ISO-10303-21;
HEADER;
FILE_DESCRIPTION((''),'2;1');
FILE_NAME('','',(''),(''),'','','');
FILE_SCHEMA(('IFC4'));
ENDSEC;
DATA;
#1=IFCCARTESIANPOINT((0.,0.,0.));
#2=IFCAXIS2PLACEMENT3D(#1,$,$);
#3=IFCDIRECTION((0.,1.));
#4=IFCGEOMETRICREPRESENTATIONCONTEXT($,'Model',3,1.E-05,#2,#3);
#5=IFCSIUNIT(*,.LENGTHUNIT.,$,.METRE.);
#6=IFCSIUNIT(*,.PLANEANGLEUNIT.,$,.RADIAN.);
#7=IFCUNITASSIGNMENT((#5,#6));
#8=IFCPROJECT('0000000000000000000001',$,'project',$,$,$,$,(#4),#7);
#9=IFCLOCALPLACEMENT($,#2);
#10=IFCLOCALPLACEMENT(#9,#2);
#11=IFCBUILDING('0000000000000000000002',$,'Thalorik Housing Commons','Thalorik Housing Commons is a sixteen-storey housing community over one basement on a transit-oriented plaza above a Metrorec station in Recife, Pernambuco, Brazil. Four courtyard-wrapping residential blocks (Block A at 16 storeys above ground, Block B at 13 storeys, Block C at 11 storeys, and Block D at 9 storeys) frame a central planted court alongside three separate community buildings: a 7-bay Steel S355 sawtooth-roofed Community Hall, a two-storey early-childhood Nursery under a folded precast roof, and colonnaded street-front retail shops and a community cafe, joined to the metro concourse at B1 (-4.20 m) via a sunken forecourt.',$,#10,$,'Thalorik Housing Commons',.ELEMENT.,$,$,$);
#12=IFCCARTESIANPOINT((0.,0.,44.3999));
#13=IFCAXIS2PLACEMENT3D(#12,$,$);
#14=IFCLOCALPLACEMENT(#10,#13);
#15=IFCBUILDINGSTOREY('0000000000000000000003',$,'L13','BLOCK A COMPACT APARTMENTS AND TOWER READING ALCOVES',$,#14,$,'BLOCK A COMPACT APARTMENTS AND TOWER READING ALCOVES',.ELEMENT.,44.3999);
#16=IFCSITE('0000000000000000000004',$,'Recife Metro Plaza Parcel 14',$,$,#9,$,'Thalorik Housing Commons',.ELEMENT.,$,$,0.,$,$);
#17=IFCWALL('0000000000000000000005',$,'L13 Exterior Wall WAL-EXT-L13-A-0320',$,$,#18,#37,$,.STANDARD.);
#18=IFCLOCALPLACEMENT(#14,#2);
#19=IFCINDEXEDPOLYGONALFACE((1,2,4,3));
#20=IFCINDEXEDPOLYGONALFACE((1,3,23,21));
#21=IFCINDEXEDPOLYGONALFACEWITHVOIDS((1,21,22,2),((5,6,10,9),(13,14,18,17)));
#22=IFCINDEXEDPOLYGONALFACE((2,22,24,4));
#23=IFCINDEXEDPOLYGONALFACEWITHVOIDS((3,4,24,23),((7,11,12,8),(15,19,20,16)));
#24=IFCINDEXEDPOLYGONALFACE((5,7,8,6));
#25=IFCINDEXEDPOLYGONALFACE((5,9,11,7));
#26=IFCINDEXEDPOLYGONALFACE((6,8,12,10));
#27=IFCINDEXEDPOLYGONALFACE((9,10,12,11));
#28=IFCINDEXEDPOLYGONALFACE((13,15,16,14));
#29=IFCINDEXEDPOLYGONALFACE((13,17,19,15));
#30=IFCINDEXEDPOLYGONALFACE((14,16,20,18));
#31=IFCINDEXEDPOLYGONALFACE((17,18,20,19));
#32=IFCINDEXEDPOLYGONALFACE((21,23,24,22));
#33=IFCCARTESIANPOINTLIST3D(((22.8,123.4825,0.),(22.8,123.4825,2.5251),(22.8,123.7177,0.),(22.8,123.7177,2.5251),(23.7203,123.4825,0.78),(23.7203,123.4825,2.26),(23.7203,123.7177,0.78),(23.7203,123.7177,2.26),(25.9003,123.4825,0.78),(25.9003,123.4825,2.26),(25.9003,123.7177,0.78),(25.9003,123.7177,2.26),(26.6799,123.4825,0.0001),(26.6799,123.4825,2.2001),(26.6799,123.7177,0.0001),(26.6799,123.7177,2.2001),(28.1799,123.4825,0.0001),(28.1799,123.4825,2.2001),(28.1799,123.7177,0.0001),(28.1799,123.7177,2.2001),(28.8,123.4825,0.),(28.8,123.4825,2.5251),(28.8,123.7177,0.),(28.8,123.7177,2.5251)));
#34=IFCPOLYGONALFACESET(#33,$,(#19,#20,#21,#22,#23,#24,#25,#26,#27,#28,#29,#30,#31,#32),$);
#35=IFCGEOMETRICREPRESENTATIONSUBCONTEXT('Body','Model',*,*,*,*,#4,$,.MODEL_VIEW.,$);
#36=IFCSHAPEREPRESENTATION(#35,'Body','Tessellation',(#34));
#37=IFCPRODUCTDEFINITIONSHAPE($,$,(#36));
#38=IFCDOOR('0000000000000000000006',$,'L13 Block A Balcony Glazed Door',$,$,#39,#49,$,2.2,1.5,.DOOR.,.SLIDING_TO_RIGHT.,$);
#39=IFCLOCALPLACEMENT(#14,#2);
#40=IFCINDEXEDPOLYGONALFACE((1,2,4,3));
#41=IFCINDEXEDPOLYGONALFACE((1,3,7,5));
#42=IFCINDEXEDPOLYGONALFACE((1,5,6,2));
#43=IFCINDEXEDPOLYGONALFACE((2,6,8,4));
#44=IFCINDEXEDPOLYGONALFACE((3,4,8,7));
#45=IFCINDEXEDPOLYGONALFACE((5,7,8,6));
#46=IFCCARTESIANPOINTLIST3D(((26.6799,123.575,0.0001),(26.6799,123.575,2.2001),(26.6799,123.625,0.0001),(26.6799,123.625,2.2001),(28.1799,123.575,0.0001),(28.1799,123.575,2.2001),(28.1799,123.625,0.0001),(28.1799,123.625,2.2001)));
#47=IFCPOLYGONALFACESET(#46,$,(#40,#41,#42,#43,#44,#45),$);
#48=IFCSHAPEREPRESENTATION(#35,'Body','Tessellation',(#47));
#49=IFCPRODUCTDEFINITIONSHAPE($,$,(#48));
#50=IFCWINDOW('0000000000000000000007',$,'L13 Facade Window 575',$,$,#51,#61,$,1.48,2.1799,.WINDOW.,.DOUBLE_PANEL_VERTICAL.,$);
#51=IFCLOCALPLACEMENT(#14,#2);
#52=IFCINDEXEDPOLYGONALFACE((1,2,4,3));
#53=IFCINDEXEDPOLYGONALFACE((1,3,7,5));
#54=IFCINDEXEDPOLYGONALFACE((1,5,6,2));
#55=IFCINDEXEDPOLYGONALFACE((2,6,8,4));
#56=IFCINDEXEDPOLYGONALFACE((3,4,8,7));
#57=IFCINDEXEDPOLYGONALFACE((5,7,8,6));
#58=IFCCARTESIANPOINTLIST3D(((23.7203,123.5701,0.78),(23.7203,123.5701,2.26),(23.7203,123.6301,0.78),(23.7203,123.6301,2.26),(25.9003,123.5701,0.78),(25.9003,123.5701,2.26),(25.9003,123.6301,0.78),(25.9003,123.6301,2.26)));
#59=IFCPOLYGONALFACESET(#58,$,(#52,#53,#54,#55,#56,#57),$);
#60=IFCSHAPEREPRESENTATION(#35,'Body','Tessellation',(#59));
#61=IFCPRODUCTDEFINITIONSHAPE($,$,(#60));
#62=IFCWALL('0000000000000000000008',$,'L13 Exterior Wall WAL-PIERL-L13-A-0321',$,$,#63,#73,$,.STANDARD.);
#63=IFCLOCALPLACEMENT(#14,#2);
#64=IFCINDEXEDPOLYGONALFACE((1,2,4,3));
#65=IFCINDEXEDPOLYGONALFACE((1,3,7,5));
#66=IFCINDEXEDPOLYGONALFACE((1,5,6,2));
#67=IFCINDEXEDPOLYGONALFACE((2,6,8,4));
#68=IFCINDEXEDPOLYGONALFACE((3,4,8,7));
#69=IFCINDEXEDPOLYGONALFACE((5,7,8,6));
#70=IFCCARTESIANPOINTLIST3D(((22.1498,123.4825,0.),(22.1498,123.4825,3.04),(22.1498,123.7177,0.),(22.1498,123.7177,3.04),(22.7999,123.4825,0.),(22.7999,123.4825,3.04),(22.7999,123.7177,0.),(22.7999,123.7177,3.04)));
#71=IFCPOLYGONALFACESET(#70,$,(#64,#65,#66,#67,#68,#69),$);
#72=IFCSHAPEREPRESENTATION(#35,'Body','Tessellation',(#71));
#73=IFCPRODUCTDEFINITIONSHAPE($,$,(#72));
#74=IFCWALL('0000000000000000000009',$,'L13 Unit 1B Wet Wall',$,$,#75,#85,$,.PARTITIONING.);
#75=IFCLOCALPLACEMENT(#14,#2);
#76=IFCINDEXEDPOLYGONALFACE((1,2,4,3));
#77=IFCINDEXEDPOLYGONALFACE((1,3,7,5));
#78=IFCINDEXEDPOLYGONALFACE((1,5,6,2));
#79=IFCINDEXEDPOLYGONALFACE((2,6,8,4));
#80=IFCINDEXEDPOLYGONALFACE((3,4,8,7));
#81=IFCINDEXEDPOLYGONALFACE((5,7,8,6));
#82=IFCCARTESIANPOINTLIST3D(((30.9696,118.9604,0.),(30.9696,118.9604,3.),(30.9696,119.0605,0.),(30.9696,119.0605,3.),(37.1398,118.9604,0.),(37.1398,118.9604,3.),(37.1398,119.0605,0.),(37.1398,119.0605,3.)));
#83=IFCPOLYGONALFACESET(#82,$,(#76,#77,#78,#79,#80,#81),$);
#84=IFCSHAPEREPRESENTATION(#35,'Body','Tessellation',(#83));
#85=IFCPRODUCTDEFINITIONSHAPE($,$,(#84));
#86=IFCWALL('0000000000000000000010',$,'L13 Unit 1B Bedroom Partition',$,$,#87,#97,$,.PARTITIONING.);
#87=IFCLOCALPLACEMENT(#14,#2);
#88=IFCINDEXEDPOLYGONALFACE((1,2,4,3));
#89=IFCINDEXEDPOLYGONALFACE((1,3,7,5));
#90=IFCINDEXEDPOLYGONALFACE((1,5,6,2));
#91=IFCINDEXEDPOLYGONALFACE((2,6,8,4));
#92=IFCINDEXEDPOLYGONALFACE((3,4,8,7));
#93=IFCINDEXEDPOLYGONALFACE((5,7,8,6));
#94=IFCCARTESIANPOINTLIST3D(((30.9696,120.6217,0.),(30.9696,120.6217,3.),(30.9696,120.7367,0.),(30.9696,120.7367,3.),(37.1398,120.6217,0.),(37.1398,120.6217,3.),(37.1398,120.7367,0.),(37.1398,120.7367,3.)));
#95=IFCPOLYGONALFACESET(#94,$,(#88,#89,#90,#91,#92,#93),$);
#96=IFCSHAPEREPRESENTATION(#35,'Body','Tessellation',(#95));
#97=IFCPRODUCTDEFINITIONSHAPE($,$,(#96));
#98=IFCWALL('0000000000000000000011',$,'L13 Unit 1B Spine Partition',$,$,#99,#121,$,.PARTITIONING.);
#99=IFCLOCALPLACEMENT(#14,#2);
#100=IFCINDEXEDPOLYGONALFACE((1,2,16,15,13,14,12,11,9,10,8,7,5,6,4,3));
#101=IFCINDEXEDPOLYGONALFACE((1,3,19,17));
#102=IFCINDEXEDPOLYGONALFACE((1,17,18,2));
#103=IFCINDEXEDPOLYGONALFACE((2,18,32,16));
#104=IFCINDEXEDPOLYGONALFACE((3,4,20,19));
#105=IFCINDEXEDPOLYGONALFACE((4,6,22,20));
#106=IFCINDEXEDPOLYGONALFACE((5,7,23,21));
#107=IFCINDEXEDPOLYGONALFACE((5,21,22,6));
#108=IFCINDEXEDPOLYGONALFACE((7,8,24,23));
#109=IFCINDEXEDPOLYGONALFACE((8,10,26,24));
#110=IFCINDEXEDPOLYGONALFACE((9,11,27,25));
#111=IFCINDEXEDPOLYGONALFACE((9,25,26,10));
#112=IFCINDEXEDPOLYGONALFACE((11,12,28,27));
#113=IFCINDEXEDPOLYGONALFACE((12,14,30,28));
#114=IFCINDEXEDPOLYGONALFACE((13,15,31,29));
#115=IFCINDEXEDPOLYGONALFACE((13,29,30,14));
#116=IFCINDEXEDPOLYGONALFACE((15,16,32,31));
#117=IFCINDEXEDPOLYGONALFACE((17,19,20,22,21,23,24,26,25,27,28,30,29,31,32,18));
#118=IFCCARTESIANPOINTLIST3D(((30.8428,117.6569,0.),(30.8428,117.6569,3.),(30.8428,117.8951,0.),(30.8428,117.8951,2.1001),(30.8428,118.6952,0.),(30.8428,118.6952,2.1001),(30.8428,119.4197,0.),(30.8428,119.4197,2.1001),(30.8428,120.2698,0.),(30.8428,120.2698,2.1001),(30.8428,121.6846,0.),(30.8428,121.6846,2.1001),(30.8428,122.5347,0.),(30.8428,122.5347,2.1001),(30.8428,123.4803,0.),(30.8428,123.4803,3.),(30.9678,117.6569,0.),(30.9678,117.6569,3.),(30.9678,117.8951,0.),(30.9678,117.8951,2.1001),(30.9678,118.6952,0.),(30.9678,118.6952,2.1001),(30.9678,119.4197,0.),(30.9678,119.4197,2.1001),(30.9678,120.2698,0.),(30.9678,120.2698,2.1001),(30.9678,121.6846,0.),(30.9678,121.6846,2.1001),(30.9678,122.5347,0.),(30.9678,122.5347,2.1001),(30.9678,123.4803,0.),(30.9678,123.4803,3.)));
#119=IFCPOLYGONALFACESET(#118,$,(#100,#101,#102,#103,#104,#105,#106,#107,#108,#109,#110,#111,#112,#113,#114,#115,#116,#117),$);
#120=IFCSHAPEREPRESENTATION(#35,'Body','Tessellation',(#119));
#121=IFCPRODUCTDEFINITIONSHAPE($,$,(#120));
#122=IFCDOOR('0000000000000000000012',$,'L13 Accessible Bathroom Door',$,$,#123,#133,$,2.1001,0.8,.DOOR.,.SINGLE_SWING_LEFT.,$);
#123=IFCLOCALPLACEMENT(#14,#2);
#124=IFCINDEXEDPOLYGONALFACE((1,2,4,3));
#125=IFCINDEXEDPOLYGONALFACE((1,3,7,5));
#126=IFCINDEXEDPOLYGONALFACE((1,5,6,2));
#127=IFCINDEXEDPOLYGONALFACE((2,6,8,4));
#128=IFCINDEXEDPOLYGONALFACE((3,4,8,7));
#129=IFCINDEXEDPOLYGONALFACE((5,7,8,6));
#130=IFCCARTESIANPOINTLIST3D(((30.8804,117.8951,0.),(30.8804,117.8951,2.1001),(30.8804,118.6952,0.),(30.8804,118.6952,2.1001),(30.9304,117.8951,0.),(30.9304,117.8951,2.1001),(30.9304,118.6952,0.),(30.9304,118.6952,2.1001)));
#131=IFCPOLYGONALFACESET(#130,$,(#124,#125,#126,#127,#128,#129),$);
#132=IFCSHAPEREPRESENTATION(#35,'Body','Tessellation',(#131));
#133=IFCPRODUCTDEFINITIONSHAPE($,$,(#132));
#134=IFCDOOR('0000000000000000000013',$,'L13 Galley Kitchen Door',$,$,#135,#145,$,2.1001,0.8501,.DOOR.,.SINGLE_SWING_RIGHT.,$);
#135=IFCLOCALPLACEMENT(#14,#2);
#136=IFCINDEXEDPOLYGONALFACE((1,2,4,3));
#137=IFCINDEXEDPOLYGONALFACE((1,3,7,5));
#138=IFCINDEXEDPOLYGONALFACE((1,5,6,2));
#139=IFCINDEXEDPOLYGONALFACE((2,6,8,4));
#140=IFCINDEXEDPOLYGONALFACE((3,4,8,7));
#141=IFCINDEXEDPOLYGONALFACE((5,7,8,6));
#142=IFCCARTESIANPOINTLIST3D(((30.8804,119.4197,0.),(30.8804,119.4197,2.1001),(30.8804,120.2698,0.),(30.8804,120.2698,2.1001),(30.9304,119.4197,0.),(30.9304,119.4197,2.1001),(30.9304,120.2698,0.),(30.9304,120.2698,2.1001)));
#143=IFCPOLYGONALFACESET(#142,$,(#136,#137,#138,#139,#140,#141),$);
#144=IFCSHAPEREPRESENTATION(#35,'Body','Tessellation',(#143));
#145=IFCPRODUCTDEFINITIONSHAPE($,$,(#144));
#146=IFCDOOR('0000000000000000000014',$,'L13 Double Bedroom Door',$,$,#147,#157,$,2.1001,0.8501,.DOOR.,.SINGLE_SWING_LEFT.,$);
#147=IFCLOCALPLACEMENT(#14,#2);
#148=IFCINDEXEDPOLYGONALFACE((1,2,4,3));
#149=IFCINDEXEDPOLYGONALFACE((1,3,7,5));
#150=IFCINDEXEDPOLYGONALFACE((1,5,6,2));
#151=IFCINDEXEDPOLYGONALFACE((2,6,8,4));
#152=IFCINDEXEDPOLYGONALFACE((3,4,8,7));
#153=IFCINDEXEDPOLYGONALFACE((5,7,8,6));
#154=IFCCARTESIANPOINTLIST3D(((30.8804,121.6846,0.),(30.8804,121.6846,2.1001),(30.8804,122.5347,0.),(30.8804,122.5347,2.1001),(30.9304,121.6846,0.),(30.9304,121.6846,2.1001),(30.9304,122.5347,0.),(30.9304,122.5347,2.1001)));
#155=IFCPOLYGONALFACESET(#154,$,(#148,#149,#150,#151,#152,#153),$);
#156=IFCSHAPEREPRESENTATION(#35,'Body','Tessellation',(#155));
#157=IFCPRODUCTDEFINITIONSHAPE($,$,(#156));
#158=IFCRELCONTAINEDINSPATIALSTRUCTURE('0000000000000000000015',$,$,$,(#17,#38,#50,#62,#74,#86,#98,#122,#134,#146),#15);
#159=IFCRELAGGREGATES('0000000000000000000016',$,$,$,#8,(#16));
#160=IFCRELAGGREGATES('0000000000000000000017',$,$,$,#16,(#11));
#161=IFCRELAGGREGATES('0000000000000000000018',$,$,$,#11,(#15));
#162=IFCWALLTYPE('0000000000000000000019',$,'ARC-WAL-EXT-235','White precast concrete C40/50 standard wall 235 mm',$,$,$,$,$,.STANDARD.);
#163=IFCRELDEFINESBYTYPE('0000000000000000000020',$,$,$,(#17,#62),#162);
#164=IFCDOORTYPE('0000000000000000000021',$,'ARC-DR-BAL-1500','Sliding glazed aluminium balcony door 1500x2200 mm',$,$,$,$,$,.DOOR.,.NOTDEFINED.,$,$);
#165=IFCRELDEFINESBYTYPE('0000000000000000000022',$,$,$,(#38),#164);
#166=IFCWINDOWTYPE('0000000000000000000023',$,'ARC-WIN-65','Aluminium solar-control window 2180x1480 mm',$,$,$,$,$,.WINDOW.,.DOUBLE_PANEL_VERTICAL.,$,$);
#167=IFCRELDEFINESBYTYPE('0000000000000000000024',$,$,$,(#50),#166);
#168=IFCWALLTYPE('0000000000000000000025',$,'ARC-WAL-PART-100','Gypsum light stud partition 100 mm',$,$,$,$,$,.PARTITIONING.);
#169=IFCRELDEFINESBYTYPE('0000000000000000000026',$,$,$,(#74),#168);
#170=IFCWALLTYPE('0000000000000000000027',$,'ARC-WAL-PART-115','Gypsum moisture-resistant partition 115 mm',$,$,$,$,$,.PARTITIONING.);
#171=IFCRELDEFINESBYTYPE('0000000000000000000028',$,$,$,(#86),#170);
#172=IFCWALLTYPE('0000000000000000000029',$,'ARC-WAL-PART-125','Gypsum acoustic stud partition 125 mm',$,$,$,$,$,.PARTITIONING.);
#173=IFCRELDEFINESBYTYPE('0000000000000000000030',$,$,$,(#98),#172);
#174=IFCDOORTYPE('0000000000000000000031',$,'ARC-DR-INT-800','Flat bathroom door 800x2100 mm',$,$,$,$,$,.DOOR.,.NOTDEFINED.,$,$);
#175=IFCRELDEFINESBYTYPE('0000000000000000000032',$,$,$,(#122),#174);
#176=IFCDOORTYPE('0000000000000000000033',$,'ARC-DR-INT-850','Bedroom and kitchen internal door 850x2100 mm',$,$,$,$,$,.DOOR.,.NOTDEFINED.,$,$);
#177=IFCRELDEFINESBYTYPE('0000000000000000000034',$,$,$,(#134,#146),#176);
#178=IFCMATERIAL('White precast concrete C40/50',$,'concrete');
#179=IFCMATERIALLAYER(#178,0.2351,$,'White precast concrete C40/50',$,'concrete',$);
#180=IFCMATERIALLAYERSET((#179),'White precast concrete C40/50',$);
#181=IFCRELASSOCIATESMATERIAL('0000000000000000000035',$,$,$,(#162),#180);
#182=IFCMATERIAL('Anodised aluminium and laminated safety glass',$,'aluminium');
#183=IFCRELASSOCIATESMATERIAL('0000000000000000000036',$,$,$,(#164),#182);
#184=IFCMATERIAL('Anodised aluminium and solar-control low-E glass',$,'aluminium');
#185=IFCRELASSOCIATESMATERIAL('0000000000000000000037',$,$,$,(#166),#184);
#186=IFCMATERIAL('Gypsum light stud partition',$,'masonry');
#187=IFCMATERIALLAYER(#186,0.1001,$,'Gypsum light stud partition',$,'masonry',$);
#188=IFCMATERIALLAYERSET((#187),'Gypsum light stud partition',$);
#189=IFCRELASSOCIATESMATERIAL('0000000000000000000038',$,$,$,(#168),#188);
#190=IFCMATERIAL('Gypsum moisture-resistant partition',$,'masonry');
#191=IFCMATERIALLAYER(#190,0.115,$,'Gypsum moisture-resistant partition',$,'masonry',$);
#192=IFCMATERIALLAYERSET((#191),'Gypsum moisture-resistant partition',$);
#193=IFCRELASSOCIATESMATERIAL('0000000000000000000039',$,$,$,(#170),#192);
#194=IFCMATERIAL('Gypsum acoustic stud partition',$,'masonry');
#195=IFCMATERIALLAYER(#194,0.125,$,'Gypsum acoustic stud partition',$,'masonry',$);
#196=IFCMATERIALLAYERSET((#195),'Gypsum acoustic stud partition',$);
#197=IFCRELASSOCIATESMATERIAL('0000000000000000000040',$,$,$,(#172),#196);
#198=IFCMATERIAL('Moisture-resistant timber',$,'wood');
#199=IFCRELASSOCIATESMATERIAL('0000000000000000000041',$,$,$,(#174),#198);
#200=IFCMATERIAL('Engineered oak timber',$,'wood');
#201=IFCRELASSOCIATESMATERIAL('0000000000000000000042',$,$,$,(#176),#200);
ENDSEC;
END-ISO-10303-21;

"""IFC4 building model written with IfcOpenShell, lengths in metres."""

from ifc_helpers import new_model, si_unit, direction, frame, frame_2d, origin, place, context, subcontext, project, spatial, rectangle, extrude, material, layer, layer_set, type_object, element, fill, save


model = new_model("IFC4")

# Units and contexts
model_context = context("Model", 3, precision=1e-05, world=origin(), true_north=direction((0.0, 1.0)))
body_context = subcontext(model_context, "Body", "Model", "MODEL_VIEW")
ifc_project = project(units=[si_unit("LENGTHUNIT", "METRE"), si_unit("PLANEANGLEUNIT", "RADIAN")], contexts=[model_context])

# Site, building, storey
site_placement = place(None, origin())
site = spatial("IfcSite", under=ifc_project, at=site_placement, Name="Recife Metro Plaza Parcel 14", LongName="Thalorik Housing Commons", CompositionType="ELEMENT", RefElevation=0.0)
building_placement = place(site_placement, origin())
building = spatial("IfcBuilding", under=site, at=building_placement, Name="Thalorik Housing Commons", Description="Thalorik Housing Commons is a sixteen-storey housing community over one basement on a transit-oriented plaza above a Metrorec station in Recife, Pernambuco, Brazil. Four courtyard-wrapping residential blocks (Block A at 16 storeys above ground, Block B at 13 storeys, Block C at 11 storeys, and Block D at 9 storeys) frame a central planted court alongside three separate community buildings: a 7-bay Steel S355 sawtooth-roofed Community Hall, a two-storey early-childhood Nursery under a folded precast roof, and colonnaded street-front retail shops and a community cafe, joined to the metro concourse at B1 (-4.20 m) via a sunken forecourt.", LongName="Thalorik Housing Commons", CompositionType="ELEMENT")
storey_placement = place(building_placement, frame((0.0, 0.0, 44.3999)))
storey = spatial("IfcBuildingStorey", under=building, at=storey_placement, Name="L13", Description="BLOCK A COMPACT APARTMENTS AND TOWER READING ALCOVES", LongName="BLOCK A COMPACT APARTMENTS AND TOWER READING ALCOVES", CompositionType="ELEMENT", Elevation=44.3999)

# Wall, openings, door, window
ifc_material_1 = material(Name="White precast concrete C40/50", Category="concrete")
ifc_layer_1 = layer(ifc_material_1, 0.2351, Name="White precast concrete C40/50", Category="concrete")
ifc_layer_set_1 = layer_set([ifc_layer_1], Name="White precast concrete C40/50")
wall_type_1 = type_object("IfcWallType", Name="ARC-WAL-EXT-235", Description="White precast concrete C40/50 standard wall 235 mm", PredefinedType="STANDARD", material=ifc_layer_set_1)
wall_1_placement = place(storey_placement, frame((28.8, 123.6001, 0.0), z_axis=(0.0, 0.0, 1.0), x_axis=(-1.0, 0.0, 0.0)))
wall_1 = element("IfcWall", 1, at=wall_1_placement, inside=storey, type_object=wall_type_1, Name="L13 Exterior Wall WAL-EXT-L13-A-0320", PredefinedType="STANDARD", context=body_context, shape_type="SweptSolid", body=[
    extrude(rectangle(XDim=6.0, YDim=0.2351, at=frame_2d((3.0, 0.0))), origin(), (0.0, 0.0, 1.0), 2.5251),
])
opening_1_placement = place(wall_1_placement, frame((0.6201, 0.0, 0.0)))
opening_1 = element("IfcOpeningElement", 2, at=opening_1_placement, cuts=wall_1, PredefinedType="OPENING", context=body_context, shape_type="SweptSolid", body=[
    extrude(rectangle(XDim=1.5, YDim=2.2, at=frame_2d((0.75, 1.1001))), frame((0.0, 0.1274, 0.0), z_axis=(0.0, -1.0, 0.0), x_axis=(1.0, 0.0, 0.0)), (0.0, 0.0, 1.0), 0.2551),
])
opening_2_placement = place(wall_1_placement, frame((2.8999, 0.0, 0.78)))
opening_2 = element("IfcOpeningElement", 3, at=opening_2_placement, cuts=wall_1, PredefinedType="OPENING", context=body_context, shape_type="SweptSolid", body=[
    extrude(rectangle(XDim=2.1799, YDim=1.48, at=frame_2d((1.0898, 0.74))), frame((0.0, 0.1274, 0.0), z_axis=(0.0, -1.0, 0.0), x_axis=(1.0, 0.0, 0.0)), (0.0, 0.0, 1.0), 0.2551),
])
ifc_material_2 = material(Name="Anodised aluminium and laminated safety glass", Category="aluminium")
door_type_1 = type_object("IfcDoorType", Name="ARC-DR-BAL-1500", Description="Sliding glazed aluminium balcony door 1500x2200 mm", OperationType="NOTDEFINED", PredefinedType="DOOR", material=ifc_material_2)
door_1_placement = place(opening_1_placement, frame((1.5, 0.0, 0.0), z_axis=(0.0, 0.0, 1.0), x_axis=(-1.0, 0.0, 0.0)))
door_1 = element("IfcDoor", 4, at=door_1_placement, inside=storey, type_object=door_type_1, Name="L13 Block A Balcony Glazed Door", OperationType="SLIDING_TO_RIGHT", OverallHeight=2.2, OverallWidth=1.5, PredefinedType="DOOR", context=body_context, shape_type="SweptSolid", body=[
    extrude(rectangle(XDim=1.5, YDim=2.2, at=frame_2d((0.75, 1.1001))), frame((0.0, 0.0249, 0.0), z_axis=(0.0, -1.0, 0.0), x_axis=(1.0, 0.0, 0.0)), (0.0, 0.0, 1.0), 0.05),
])
fill(opening_1, door_1)
ifc_material_3 = material(Name="Anodised aluminium and solar-control low-E glass", Category="aluminium")
window_type = type_object("IfcWindowType", Name="ARC-WIN-65", Description="Aluminium solar-control window 2180x1480 mm", PartitioningType="DOUBLE_PANEL_VERTICAL", PredefinedType="WINDOW", material=ifc_material_3)
window_placement = place(opening_2_placement, origin())
window = element("IfcWindow", 5, at=window_placement, inside=storey, type_object=window_type, Name="L13 Facade Window 575", OverallHeight=1.48, OverallWidth=2.1799, PartitioningType="DOUBLE_PANEL_VERTICAL", PredefinedType="WINDOW", context=body_context, shape_type="SweptSolid", body=[
    extrude(rectangle(XDim=2.1799, YDim=1.48, at=frame_2d((1.0898, 0.74))), frame((0.0, 0.03, 0.0), z_axis=(0.0, -1.0, 0.0), x_axis=(1.0, 0.0, 0.0)), (0.0, 0.0, 1.0), 0.0601),
])
fill(opening_2, window)

# Walls
wall_2_placement = place(storey_placement, frame((22.8, 123.6001, 0.0), z_axis=(0.0, 0.0, 1.0), x_axis=(-1.0, 0.0, 0.0)))
element("IfcWall", 6, at=wall_2_placement, inside=storey, type_object=wall_type_1, Name="L13 Exterior Wall WAL-PIERL-L13-A-0321", PredefinedType="STANDARD", context=body_context, shape_type="SweptSolid", body=[
    extrude(rectangle(XDim=0.6501, YDim=0.2351, at=frame_2d((0.3252, 0.0))), origin(), (0.0, 0.0, 1.0), 3.04),
])
ifc_material_4 = material(Name="Gypsum light stud partition", Category="masonry")
ifc_layer_2 = layer(ifc_material_4, 0.1001, Name="Gypsum light stud partition", Category="masonry")
ifc_layer_set_2 = layer_set([ifc_layer_2], Name="Gypsum light stud partition")
wall_type_2 = type_object("IfcWallType", Name="ARC-WAL-PART-100", Description="Gypsum light stud partition 100 mm", PredefinedType="PARTITIONING", material=ifc_layer_set_2)
wall_3_placement = place(storey_placement, frame((30.9697, 119.0105, 0.0), z_axis=(0.0, 0.0, 1.0), x_axis=(1.0, 0.0, 0.0)))
element("IfcWall", 7, at=wall_3_placement, inside=storey, type_object=wall_type_2, Name="L13 Unit 1B Wet Wall", PredefinedType="PARTITIONING", context=body_context, shape_type="SweptSolid", body=[
    extrude(rectangle(XDim=6.1702, YDim=0.1001, at=frame_2d((3.085, 0.0))), origin(), (0.0, 0.0, 1.0), 3.0),
])
ifc_material_5 = material(Name="Gypsum moisture-resistant partition", Category="masonry")
ifc_layer_3 = layer(ifc_material_5, 0.115, Name="Gypsum moisture-resistant partition", Category="masonry")
ifc_layer_set_3 = layer_set([ifc_layer_3], Name="Gypsum moisture-resistant partition")
wall_type_3 = type_object("IfcWallType", Name="ARC-WAL-PART-115", Description="Gypsum moisture-resistant partition 115 mm", PredefinedType="PARTITIONING", material=ifc_layer_set_3)
wall_4_placement = place(storey_placement, frame((30.9697, 120.6792, 0.0), z_axis=(0.0, 0.0, 1.0), x_axis=(1.0, 0.0, 0.0)))
element("IfcWall", 8, at=wall_4_placement, inside=storey, type_object=wall_type_3, Name="L13 Unit 1B Bedroom Partition", PredefinedType="PARTITIONING", context=body_context, shape_type="SweptSolid", body=[
    extrude(rectangle(XDim=6.1702, YDim=0.115, at=frame_2d((3.085, 0.0))), origin(), (0.0, 0.0, 1.0), 3.0),
])

# Wall, openings, doors
ifc_material_6 = material(Name="Gypsum acoustic stud partition", Category="masonry")
ifc_layer_4 = layer(ifc_material_6, 0.125, Name="Gypsum acoustic stud partition", Category="masonry")
ifc_layer_set_4 = layer_set([ifc_layer_4], Name="Gypsum acoustic stud partition")
wall_type_4 = type_object("IfcWallType", Name="ARC-WAL-PART-125", Description="Gypsum acoustic stud partition 125 mm", PredefinedType="PARTITIONING", material=ifc_layer_set_4)
wall_5_placement = place(storey_placement, frame((30.9053, 117.657, 0.0), z_axis=(0.0, 0.0, 1.0), x_axis=(0.0, 1.0, 0.0)))
wall_5 = element("IfcWall", 9, at=wall_5_placement, inside=storey, type_object=wall_type_4, Name="L13 Unit 1B Spine Partition", PredefinedType="PARTITIONING", context=body_context, shape_type="SweptSolid", body=[
    extrude(rectangle(XDim=5.8235, YDim=0.125, at=frame_2d((2.9116, 0.0))), origin(), (0.0, 0.0, 1.0), 3.0),
])
opening_3_placement = place(wall_5_placement, frame((0.2383, 0.0, 0.0)))
opening_3 = element("IfcOpeningElement", 10, at=opening_3_placement, cuts=wall_5, PredefinedType="OPENING", context=body_context, shape_type="SweptSolid", body=[
    extrude(rectangle(XDim=0.8, YDim=2.1001, at=frame_2d((0.3999, 1.05))), frame((0.0, 0.0725, 0.0), z_axis=(0.0, -1.0, 0.0), x_axis=(1.0, 0.0, 0.0)), (0.0, 0.0, 1.0), 0.145),
])
opening_4_placement = place(wall_5_placement, frame((1.7627, 0.0, 0.0)))
opening_4 = element("IfcOpeningElement", 11, at=opening_4_placement, cuts=wall_5, PredefinedType="OPENING", context=body_context, shape_type="SweptSolid", body=[
    extrude(rectangle(XDim=0.8501, YDim=2.1001, at=frame_2d((0.425, 1.05))), frame((0.0, 0.0725, 0.0), z_axis=(0.0, -1.0, 0.0), x_axis=(1.0, 0.0, 0.0)), (0.0, 0.0, 1.0), 0.145),
])
opening_5_placement = place(wall_5_placement, frame((4.0276, 0.0, 0.0)))
opening_5 = element("IfcOpeningElement", 12, at=opening_5_placement, cuts=wall_5, PredefinedType="OPENING", context=body_context, shape_type="SweptSolid", body=[
    extrude(rectangle(XDim=0.8501, YDim=2.1001, at=frame_2d((0.425, 1.05))), frame((0.0, 0.0725, 0.0), z_axis=(0.0, -1.0, 0.0), x_axis=(1.0, 0.0, 0.0)), (0.0, 0.0, 1.0), 0.145),
])
ifc_material_7 = material(Name="Moisture-resistant timber", Category="wood")
door_type_2 = type_object("IfcDoorType", Name="ARC-DR-INT-800", Description="Flat bathroom door 800x2100 mm", OperationType="NOTDEFINED", PredefinedType="DOOR", material=ifc_material_7)
door_2_placement = place(opening_3_placement, origin())
door_2 = element("IfcDoor", 13, at=door_2_placement, inside=storey, type_object=door_type_2, Name="L13 Accessible Bathroom Door", OperationType="SINGLE_SWING_LEFT", OverallHeight=2.1001, OverallWidth=0.8, PredefinedType="DOOR", context=body_context, shape_type="SweptSolid", body=[
    extrude(rectangle(XDim=0.8, YDim=2.1001, at=frame_2d((0.3999, 1.05))), frame((0.0, 0.0249, 0.0), z_axis=(0.0, -1.0, 0.0), x_axis=(1.0, 0.0, 0.0)), (0.0, 0.0, 1.0), 0.05),
])
fill(opening_3, door_2)
ifc_material_8 = material(Name="Engineered oak timber", Category="wood")
door_type_3 = type_object("IfcDoorType", Name="ARC-DR-INT-850", Description="Bedroom and kitchen internal door 850x2100 mm", OperationType="NOTDEFINED", PredefinedType="DOOR", material=ifc_material_8)
door_3_placement = place(opening_4_placement, origin())
door_3 = element("IfcDoor", 14, at=door_3_placement, inside=storey, type_object=door_type_3, Name="L13 Galley Kitchen Door", OperationType="SINGLE_SWING_RIGHT", OverallHeight=2.1001, OverallWidth=0.8501, PredefinedType="DOOR", context=body_context, shape_type="SweptSolid", body=[
    extrude(rectangle(XDim=0.8501, YDim=2.1001, at=frame_2d((0.425, 1.05))), frame((0.0, 0.0249, 0.0), z_axis=(0.0, -1.0, 0.0), x_axis=(1.0, 0.0, 0.0)), (0.0, 0.0, 1.0), 0.05),
])
fill(opening_4, door_3)
door_4_placement = place(opening_5_placement, origin())
door_4 = element("IfcDoor", 15, at=door_4_placement, inside=storey, type_object=door_type_3, Name="L13 Double Bedroom Door", OperationType="SINGLE_SWING_LEFT", OverallHeight=2.1001, OverallWidth=0.8501, PredefinedType="DOOR", context=body_context, shape_type="SweptSolid", body=[
    extrude(rectangle(XDim=0.8501, YDim=2.1001, at=frame_2d((0.425, 1.05))), frame((0.0, 0.0249, 0.0), z_axis=(0.0, -1.0, 0.0), x_axis=(1.0, 0.0, 0.0)), (0.0, 0.0, 1.0), 0.05),
])
fill(opening_5, door_4)

save(model, "model.ifc")
